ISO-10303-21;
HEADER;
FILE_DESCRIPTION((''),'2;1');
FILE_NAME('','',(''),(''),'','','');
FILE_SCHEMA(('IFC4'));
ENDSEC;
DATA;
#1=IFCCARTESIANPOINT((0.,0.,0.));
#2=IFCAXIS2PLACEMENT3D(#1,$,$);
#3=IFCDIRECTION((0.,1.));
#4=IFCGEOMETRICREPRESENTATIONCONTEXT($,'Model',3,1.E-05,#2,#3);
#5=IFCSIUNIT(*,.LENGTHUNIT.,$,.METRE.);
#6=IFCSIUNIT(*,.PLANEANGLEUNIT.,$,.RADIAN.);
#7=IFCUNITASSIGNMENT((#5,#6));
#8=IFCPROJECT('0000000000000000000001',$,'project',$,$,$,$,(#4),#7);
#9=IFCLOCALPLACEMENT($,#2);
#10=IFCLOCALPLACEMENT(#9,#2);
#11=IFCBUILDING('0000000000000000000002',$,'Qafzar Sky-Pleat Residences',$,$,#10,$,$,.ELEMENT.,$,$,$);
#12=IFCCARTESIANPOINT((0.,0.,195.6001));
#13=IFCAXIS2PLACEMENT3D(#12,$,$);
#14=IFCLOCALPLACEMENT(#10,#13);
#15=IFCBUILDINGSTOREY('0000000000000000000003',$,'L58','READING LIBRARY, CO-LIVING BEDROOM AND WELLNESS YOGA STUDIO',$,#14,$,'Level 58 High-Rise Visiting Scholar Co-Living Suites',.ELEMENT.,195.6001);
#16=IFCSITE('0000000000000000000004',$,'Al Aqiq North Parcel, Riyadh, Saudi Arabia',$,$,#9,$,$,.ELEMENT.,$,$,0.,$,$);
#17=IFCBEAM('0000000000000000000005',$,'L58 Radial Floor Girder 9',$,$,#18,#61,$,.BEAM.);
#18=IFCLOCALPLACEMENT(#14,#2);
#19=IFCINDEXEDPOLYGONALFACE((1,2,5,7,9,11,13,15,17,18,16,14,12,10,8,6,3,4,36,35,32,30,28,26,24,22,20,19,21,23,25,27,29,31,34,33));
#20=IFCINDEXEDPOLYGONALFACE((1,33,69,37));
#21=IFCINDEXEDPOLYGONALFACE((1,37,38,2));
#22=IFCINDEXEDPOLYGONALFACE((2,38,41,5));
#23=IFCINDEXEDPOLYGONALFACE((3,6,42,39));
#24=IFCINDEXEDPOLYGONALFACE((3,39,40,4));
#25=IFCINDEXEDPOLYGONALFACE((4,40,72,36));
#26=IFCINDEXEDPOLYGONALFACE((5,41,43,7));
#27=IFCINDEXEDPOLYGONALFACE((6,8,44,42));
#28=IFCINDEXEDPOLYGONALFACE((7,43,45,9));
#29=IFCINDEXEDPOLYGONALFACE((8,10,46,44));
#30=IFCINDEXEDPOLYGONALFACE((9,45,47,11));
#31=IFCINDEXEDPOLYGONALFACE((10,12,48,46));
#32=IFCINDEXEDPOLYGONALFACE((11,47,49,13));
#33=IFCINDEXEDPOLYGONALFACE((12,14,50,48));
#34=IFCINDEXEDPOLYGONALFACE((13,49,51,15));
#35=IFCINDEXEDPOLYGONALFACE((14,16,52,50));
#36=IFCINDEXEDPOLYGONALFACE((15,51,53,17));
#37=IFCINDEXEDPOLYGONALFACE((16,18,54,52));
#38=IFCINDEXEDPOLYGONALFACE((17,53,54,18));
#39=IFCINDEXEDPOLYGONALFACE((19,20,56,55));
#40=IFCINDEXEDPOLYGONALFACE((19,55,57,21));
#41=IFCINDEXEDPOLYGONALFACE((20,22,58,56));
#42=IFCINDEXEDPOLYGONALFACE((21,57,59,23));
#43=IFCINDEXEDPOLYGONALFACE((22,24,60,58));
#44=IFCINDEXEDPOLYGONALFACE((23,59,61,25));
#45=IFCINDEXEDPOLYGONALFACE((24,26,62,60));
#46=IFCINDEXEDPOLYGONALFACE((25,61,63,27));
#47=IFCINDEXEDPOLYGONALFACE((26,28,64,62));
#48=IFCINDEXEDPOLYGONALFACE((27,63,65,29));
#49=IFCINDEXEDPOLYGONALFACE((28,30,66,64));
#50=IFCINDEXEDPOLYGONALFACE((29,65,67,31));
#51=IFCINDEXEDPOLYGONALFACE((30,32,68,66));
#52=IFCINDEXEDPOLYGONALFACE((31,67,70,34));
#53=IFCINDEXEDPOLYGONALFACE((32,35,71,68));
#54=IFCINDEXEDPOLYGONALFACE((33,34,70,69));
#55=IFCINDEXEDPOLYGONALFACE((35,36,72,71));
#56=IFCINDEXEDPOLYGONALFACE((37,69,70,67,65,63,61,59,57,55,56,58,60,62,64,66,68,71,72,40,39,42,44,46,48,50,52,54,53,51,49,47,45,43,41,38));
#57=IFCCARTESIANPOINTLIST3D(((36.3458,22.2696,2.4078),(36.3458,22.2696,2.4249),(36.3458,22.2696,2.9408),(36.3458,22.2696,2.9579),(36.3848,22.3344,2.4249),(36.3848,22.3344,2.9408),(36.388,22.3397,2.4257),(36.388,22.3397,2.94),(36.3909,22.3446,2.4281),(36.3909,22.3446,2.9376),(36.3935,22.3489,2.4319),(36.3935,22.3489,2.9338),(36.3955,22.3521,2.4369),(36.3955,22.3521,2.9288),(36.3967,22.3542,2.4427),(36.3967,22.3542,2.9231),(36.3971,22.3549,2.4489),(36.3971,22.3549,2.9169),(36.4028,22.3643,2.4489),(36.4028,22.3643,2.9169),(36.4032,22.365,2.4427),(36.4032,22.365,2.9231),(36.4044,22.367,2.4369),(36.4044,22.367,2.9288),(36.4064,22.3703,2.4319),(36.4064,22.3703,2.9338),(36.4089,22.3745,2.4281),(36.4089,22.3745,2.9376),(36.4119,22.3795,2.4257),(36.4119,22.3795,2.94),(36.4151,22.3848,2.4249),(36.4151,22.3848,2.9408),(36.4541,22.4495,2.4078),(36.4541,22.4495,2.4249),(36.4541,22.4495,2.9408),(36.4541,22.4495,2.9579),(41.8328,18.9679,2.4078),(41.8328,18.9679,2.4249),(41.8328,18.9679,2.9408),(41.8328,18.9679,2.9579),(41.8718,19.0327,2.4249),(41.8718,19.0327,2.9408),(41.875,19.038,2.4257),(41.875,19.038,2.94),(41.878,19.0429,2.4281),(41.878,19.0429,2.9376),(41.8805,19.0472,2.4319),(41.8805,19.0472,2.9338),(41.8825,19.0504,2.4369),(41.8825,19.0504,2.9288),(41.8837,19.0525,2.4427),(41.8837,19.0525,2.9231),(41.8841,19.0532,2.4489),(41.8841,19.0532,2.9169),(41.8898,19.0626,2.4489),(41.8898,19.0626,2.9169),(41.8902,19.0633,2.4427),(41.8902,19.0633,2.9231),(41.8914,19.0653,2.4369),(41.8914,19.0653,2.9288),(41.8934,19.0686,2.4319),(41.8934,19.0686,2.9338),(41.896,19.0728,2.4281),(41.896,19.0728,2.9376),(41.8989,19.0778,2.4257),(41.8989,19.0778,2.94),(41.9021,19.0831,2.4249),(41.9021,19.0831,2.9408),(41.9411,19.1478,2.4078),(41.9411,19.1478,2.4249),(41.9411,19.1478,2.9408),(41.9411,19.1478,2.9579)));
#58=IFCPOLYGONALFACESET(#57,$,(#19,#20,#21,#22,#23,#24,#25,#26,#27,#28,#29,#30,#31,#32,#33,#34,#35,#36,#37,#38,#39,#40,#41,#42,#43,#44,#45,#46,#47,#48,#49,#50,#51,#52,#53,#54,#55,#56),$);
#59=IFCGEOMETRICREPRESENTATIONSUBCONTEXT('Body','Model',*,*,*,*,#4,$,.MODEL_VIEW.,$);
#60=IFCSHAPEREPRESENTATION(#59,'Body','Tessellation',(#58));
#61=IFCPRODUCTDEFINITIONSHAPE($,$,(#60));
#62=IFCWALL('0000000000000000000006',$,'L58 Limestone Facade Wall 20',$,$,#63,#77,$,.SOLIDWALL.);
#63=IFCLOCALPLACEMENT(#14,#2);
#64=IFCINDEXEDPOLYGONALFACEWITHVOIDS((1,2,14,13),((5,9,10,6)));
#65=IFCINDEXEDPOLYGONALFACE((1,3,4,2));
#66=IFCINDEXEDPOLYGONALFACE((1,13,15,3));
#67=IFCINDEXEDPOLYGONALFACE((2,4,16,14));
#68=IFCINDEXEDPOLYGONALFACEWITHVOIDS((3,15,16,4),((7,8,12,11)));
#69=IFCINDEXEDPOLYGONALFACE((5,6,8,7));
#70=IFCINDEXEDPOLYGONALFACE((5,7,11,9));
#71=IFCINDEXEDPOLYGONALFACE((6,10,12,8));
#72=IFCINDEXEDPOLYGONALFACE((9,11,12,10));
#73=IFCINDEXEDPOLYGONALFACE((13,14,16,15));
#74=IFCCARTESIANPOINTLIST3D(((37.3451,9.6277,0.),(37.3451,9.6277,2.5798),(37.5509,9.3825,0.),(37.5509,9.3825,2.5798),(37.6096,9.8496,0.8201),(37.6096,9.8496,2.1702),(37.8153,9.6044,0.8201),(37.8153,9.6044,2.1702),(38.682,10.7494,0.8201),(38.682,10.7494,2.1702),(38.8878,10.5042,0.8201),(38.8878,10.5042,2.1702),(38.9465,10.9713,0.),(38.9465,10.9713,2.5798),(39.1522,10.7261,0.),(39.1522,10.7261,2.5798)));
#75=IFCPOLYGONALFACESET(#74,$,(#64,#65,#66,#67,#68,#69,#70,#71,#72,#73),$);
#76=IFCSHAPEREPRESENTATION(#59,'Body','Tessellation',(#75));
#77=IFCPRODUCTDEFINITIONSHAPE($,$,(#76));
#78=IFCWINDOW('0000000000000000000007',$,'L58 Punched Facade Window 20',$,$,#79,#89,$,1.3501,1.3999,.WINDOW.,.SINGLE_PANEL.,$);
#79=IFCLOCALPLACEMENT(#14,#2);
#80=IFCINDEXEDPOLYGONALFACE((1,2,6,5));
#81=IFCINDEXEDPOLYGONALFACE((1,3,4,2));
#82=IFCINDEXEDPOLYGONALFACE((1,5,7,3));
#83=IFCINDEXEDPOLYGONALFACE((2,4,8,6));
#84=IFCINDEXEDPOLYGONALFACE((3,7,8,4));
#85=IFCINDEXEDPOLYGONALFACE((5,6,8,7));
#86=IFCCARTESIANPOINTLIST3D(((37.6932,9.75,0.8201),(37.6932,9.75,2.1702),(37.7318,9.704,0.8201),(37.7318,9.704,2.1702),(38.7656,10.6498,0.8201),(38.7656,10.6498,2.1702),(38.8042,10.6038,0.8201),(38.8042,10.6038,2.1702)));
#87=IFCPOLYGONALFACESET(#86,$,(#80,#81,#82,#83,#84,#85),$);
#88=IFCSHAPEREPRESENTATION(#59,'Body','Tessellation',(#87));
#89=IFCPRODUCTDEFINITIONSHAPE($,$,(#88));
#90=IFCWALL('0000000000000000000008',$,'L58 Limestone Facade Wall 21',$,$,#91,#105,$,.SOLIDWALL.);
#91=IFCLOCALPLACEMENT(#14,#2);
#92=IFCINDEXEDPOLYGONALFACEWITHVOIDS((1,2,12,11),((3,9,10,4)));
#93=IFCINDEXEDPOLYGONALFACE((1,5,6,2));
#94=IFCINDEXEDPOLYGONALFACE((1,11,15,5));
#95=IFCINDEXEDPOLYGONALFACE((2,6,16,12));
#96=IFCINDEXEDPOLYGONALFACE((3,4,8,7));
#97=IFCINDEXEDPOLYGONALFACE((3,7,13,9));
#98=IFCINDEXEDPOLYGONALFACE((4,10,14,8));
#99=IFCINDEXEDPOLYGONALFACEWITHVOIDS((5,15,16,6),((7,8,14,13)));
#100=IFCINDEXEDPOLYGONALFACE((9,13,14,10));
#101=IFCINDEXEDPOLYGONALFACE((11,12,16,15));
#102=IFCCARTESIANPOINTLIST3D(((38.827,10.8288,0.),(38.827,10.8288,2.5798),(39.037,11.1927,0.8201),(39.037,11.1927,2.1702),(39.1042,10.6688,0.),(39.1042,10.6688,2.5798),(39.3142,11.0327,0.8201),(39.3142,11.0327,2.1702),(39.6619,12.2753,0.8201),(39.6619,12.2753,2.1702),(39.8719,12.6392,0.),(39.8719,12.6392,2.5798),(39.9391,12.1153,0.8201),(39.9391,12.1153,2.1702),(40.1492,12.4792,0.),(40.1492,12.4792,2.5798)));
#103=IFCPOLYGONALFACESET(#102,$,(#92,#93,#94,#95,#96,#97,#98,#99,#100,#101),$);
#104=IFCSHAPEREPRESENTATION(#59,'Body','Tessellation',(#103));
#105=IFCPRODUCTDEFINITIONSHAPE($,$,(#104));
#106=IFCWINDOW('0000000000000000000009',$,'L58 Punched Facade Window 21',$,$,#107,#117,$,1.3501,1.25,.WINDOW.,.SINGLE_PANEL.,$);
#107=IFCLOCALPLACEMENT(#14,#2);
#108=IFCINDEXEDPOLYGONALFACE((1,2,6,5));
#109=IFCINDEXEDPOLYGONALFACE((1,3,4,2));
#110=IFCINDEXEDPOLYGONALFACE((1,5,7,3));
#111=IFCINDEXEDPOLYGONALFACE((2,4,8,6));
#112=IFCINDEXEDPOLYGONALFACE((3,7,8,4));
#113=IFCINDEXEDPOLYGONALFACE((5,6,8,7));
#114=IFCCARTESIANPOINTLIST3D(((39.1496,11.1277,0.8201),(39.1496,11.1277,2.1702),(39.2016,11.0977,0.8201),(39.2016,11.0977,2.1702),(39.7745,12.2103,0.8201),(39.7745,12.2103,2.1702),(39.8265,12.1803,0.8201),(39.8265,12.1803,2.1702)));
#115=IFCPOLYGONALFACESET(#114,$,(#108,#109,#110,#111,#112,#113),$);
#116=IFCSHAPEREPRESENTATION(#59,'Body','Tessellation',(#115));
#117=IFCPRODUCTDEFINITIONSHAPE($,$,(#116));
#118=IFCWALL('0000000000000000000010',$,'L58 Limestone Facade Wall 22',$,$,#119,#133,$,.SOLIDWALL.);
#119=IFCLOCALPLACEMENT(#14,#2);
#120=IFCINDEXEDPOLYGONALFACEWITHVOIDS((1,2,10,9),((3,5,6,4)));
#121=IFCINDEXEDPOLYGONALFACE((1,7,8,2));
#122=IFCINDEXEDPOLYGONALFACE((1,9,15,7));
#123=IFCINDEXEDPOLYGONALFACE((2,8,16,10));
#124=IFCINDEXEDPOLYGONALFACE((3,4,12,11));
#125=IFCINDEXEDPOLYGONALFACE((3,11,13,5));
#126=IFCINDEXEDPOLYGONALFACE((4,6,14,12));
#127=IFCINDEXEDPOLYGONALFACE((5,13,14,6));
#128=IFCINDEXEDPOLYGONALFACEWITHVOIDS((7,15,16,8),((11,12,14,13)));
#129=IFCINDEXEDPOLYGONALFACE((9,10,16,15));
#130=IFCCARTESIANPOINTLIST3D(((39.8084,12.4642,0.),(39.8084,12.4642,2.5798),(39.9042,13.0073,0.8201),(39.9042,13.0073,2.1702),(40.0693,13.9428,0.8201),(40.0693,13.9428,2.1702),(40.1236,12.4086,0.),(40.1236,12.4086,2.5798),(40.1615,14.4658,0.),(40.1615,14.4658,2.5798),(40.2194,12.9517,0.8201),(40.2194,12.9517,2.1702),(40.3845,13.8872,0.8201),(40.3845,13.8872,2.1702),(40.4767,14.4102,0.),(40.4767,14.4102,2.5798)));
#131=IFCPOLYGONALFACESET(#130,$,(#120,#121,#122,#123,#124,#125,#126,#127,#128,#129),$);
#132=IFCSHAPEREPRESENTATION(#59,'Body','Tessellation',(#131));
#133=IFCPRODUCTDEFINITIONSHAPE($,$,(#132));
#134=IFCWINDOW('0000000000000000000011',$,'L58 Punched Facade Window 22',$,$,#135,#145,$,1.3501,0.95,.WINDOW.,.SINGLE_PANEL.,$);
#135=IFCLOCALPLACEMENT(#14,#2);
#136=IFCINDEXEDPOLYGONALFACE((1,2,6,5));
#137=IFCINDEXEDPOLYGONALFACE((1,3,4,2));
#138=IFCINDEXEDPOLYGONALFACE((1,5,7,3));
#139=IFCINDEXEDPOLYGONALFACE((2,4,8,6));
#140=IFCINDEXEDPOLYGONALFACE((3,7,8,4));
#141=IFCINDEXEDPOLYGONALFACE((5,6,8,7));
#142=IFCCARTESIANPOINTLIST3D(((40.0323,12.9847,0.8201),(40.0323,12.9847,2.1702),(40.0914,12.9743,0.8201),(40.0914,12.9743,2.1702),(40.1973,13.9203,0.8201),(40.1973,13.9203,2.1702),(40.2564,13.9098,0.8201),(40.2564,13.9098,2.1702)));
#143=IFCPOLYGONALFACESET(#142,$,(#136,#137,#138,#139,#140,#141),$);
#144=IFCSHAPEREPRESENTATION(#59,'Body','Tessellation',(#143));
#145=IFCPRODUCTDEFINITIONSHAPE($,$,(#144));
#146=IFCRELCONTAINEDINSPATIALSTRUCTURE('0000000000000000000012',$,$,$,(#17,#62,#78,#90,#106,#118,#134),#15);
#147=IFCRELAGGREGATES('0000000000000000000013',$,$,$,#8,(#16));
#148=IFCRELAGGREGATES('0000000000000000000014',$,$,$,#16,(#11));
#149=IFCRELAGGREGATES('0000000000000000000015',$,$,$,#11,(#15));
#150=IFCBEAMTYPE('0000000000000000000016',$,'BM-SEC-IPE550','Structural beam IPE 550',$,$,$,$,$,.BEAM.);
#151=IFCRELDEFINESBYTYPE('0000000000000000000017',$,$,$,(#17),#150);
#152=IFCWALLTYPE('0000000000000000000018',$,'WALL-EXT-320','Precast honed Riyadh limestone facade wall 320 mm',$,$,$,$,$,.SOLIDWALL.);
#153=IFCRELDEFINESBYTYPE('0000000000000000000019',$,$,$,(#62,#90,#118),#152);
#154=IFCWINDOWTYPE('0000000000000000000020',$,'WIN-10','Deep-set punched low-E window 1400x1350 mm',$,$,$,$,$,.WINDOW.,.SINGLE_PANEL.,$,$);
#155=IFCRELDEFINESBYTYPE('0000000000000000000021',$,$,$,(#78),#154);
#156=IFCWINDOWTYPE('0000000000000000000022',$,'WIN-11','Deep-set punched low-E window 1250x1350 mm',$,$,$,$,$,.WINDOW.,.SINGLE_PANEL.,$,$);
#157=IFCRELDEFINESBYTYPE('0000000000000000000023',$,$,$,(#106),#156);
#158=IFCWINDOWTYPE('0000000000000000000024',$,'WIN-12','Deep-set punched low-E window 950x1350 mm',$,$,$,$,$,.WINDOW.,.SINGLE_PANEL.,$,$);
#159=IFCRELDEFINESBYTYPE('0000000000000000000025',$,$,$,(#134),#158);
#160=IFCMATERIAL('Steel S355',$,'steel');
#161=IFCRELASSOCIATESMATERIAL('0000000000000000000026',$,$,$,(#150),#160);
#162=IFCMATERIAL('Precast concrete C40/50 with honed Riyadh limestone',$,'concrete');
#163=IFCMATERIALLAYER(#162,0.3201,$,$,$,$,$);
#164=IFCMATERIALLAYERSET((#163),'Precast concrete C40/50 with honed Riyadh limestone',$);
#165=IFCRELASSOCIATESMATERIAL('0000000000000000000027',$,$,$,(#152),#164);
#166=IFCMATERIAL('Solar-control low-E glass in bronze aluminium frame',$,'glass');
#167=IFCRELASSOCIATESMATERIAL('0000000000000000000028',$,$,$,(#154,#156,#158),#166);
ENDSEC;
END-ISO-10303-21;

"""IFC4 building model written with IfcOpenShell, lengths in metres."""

from ifc_helpers import new_model, si_unit, direction, frame, frame_2d, origin, origin_2d, place, context, subcontext, project, spatial, rectangle, i_section, extrude, source, transform, mapped, material, layer, layer_set, material_profile, profile_set, type_object, element, fill, save


model = new_model("IFC4")

# Units and contexts
model_context = context("Model", 3, precision=1e-05, world=origin(), true_north=direction((0.0, 1.0)))
body_context = subcontext(model_context, "Body", "Model", "MODEL_VIEW")
ifc_project = project(units=[si_unit("LENGTHUNIT", "METRE"), si_unit("PLANEANGLEUNIT", "RADIAN")], contexts=[model_context])

# Site, building, storey
site_placement = place(None, origin())
site = spatial("IfcSite", under=ifc_project, at=site_placement, Name="Al Aqiq North Parcel, Riyadh, Saudi Arabia", CompositionType="ELEMENT", RefElevation=0.0)
building_placement = place(site_placement, origin())
building = spatial("IfcBuilding", under=site, at=building_placement, Name="Qafzar Sky-Pleat Residences", CompositionType="ELEMENT")
storey_placement = place(building_placement, frame((0.0, 0.0, 195.6001)))
storey = spatial("IfcBuildingStorey", under=building, at=storey_placement, Name="L58", Description="READING LIBRARY, CO-LIVING BEDROOM AND WELLNESS YOGA STUDIO", LongName="Level 58 High-Rise Visiting Scholar Co-Living Suites", CompositionType="ELEMENT", Elevation=195.6001)

# Shared definitions
ifc_material_1 = material(Name="Steel S355", Category="steel")

# Beam
ifc_material_profile_1 = material_profile(ifc_material_1, i_section(OverallWidth=0.21, OverallDepth=0.55, WebThickness=0.011, FlangeThickness=0.0171, FilletRadius=0.0239, at=origin_2d()), Name="IPE 550")
ifc_profile_set_1 = profile_set([ifc_material_profile_1], Name="Steel S355")
beam_type_1 = type_object("IfcBeamType", Name="BM-SEC-IPE550", Description="Structural beam IPE 550", PredefinedType="BEAM", material=ifc_profile_set_1)
shared_shape_1 = source(origin(), body_context, "Body", "SweptSolid", [
    extrude(i_section(OverallWidth=0.21, OverallDepth=0.55, WebThickness=0.011, FlangeThickness=0.0171, FilletRadius=0.0239, at=origin_2d()), origin(), (0.0, 0.0, 1.0), 6.4038),
])
beam_1_placement = place(storey_placement, frame((41.887, 19.0579, 2.6829), z_axis=(-0.856836, 0.515589, 0.0), x_axis=(-0.515589, -0.856836, 0.0)))
element("IfcBeam", 1, at=beam_1_placement, inside=storey, type_object=beam_type_1, Name="L58 Radial Floor Girder 9", PredefinedType="BEAM", context=body_context, shape_type="MappedRepresentation", body=[
    mapped(shared_shape_1, transform((0.0, 0.0, 0.0), x_axis=(1.0, 0.0, 0.0), y_axis=(0.0, 1.0, 0.0), z_axis=(0.0, 0.0, 1.0), scale=1.0)),
])

# Walls, openings, windows
ifc_material_2 = material(Name="Precast concrete C40/50 with honed Riyadh limestone", Category="concrete")
ifc_layer_1 = layer(ifc_material_2, 0.3201)
ifc_layer_set_1 = layer_set([ifc_layer_1], Name="Precast concrete C40/50 with honed Riyadh limestone")
wall_type = type_object("IfcWallType", Name="WALL-EXT-320", Description="Precast honed Riyadh limestone facade wall 320 mm", PredefinedType="SOLIDWALL", material=ifc_layer_set_1)
wall_1_placement = place(storey_placement, frame((37.448, 9.5051, 0.0), z_axis=(0.0, 0.0, 1.0), x_axis=(0.766082, 0.642743, 0.0)))
wall_1 = element("IfcWall", 2, at=wall_1_placement, inside=storey, type_object=wall_type, Name="L58 Limestone Facade Wall 20", PredefinedType="SOLIDWALL", context=body_context, shape_type="SweptSolid", body=[
    extrude(rectangle(XDim=2.0903, YDim=0.3201, at=frame_2d((1.0452, 0.0))), origin(), (0.0, 0.0, 1.0), 2.5798),
])
opening_1_placement = place(wall_1_placement, frame((0.3452, 0.0, 0.8201)))
opening_1 = element("IfcOpeningElement", 3, at=opening_1_placement, cuts=wall_1, PredefinedType="OPENING", context=body_context, shape_type="SweptSolid", body=[
    extrude(rectangle(XDim=1.3999, YDim=1.3501, at=frame_2d((0.7, 0.675))), frame((0.0, 0.1699, 0.0), z_axis=(0.0, -1.0, 0.0), x_axis=(1.0, 0.0, 0.0)), (0.0, 0.0, 1.0), 0.3401),
])
ifc_material_3 = material(Name="Solar-control low-E glass in bronze aluminium frame", Category="glass")
window_type_1 = type_object("IfcWindowType", Name="WIN-10", Description="Deep-set punched low-E window 1400x1350 mm", PartitioningType="SINGLE_PANEL", PredefinedType="WINDOW", material=ifc_material_3)
shared_shape_2 = source(origin(), body_context, "Body", "SweptSolid", [
    extrude(rectangle(XDim=1.3999, YDim=1.3501, at=frame_2d((0.7, 0.675))), frame((0.0, 0.03, 0.0), z_axis=(0.0, -1.0, 0.0), x_axis=(1.0, 0.0, 0.0)), (0.0, 0.0, 1.0), 0.0601),
])
window_1_placement = place(opening_1_placement, origin())
window_1 = element("IfcWindow", 4, at=window_1_placement, inside=storey, type_object=window_type_1, Name="L58 Punched Facade Window 20", OverallHeight=1.3501, OverallWidth=1.3999, PartitioningType="SINGLE_PANEL", PredefinedType="WINDOW", context=body_context, shape_type="MappedRepresentation", body=[
    mapped(shared_shape_2, transform((0.0, 0.0, 0.0), x_axis=(1.0, 0.0, 0.0), y_axis=(0.0, 1.0, 0.0), z_axis=(0.0, 0.0, 1.0), scale=1.0)),
])
fill(opening_1, window_1)
wall_2_placement = place(storey_placement, frame((38.9656, 10.7488, 0.0), z_axis=(0.0, 0.0, 1.0), x_axis=(0.499908, 0.866079, 0.0)))
wall_2 = element("IfcWall", 5, at=wall_2_placement, inside=storey, type_object=wall_type, Name="L58 Limestone Facade Wall 21", PredefinedType="SOLIDWALL", context=body_context, shape_type="SweptSolid", body=[
    extrude(rectangle(XDim=2.0903, YDim=0.3201, at=frame_2d((1.0452, 0.0))), origin(), (0.0, 0.0, 1.0), 2.5798),
])
opening_2_placement = place(wall_2_placement, frame((0.4202, 0.0, 0.8201)))
opening_2 = element("IfcOpeningElement", 6, at=opening_2_placement, cuts=wall_2, PredefinedType="OPENING", context=body_context, shape_type="SweptSolid", body=[
    extrude(rectangle(XDim=1.25, YDim=1.3501, at=frame_2d((0.625, 0.675))), frame((0.0, 0.1699, 0.0), z_axis=(0.0, -1.0, 0.0), x_axis=(1.0, 0.0, 0.0)), (0.0, 0.0, 1.0), 0.3401),
])
window_type_2 = type_object("IfcWindowType", Name="WIN-11", Description="Deep-set punched low-E window 1250x1350 mm", PartitioningType="SINGLE_PANEL", PredefinedType="WINDOW", material=ifc_material_3)
shared_shape_3 = source(origin(), body_context, "Body", "SweptSolid", [
    extrude(rectangle(XDim=1.25, YDim=1.3501, at=frame_2d((0.625, 0.675))), frame((0.0, 0.03, 0.0), z_axis=(0.0, -1.0, 0.0), x_axis=(1.0, 0.0, 0.0)), (0.0, 0.0, 1.0), 0.0601),
])
window_2_placement = place(opening_2_placement, origin())
window_2 = element("IfcWindow", 7, at=window_2_placement, inside=storey, type_object=window_type_2, Name="L58 Punched Facade Window 21", OverallHeight=1.3501, OverallWidth=1.25, PartitioningType="SINGLE_PANEL", PredefinedType="WINDOW", context=body_context, shape_type="MappedRepresentation", body=[
    mapped(shared_shape_3, transform((0.0, 0.0, 0.0), x_axis=(1.0, 0.0, 0.0), y_axis=(0.0, 1.0, 0.0), z_axis=(0.0, 0.0, 1.0), scale=1.0)),
])
fill(opening_2, window_2)
wall_3_placement = place(storey_placement, frame((39.9661, 12.4365, 0.0), z_axis=(0.0, 0.0, 1.0), x_axis=(0.173703, 0.984798, 0.0)))
wall_3 = element("IfcWall", 8, at=wall_3_placement, inside=storey, type_object=wall_type, Name="L58 Limestone Facade Wall 22", PredefinedType="SOLIDWALL", context=body_context, shape_type="SweptSolid", body=[
    extrude(rectangle(XDim=2.0325, YDim=0.3201, at=frame_2d((1.0161, 0.0))), origin(), (0.0, 0.0, 1.0), 2.5798),
])
opening_3_placement = place(wall_3_placement, frame((0.5513, 0.0, 0.8201)))
opening_3 = element("IfcOpeningElement", 9, at=opening_3_placement, cuts=wall_3, PredefinedType="OPENING", context=body_context, shape_type="SweptSolid", body=[
    extrude(rectangle(XDim=0.95, YDim=1.3501, at=frame_2d((0.4751, 0.675))), frame((0.0, 0.1699, 0.0), z_axis=(0.0, -1.0, 0.0), x_axis=(1.0, 0.0, 0.0)), (0.0, 0.0, 1.0), 0.3401),
])
window_type_3 = type_object("IfcWindowType", Name="WIN-12", Description="Deep-set punched low-E window 950x1350 mm", PartitioningType="SINGLE_PANEL", PredefinedType="WINDOW", material=ifc_material_3)
shared_shape_4 = source(origin(), body_context, "Body", "SweptSolid", [
    extrude(rectangle(XDim=0.95, YDim=1.3501, at=frame_2d((0.4751, 0.675))), frame((0.0, 0.03, 0.0), z_axis=(0.0, -1.0, 0.0), x_axis=(1.0, 0.0, 0.0)), (0.0, 0.0, 1.0), 0.0601),
])
window_3_placement = place(opening_3_placement, origin())
window_3 = element("IfcWindow", 10, at=window_3_placement, inside=storey, type_object=window_type_3, Name="L58 Punched Facade Window 22", OverallHeight=1.3501, OverallWidth=0.95, PartitioningType="SINGLE_PANEL", PredefinedType="WINDOW", context=body_context, shape_type="MappedRepresentation", body=[
    mapped(shared_shape_4, transform((0.0, 0.0, 0.0), x_axis=(1.0, 0.0, 0.0), y_axis=(0.0, 1.0, 0.0), z_axis=(0.0, 0.0, 1.0), scale=1.0)),
])
fill(opening_3, window_3)

save(model, "model.ifc")
